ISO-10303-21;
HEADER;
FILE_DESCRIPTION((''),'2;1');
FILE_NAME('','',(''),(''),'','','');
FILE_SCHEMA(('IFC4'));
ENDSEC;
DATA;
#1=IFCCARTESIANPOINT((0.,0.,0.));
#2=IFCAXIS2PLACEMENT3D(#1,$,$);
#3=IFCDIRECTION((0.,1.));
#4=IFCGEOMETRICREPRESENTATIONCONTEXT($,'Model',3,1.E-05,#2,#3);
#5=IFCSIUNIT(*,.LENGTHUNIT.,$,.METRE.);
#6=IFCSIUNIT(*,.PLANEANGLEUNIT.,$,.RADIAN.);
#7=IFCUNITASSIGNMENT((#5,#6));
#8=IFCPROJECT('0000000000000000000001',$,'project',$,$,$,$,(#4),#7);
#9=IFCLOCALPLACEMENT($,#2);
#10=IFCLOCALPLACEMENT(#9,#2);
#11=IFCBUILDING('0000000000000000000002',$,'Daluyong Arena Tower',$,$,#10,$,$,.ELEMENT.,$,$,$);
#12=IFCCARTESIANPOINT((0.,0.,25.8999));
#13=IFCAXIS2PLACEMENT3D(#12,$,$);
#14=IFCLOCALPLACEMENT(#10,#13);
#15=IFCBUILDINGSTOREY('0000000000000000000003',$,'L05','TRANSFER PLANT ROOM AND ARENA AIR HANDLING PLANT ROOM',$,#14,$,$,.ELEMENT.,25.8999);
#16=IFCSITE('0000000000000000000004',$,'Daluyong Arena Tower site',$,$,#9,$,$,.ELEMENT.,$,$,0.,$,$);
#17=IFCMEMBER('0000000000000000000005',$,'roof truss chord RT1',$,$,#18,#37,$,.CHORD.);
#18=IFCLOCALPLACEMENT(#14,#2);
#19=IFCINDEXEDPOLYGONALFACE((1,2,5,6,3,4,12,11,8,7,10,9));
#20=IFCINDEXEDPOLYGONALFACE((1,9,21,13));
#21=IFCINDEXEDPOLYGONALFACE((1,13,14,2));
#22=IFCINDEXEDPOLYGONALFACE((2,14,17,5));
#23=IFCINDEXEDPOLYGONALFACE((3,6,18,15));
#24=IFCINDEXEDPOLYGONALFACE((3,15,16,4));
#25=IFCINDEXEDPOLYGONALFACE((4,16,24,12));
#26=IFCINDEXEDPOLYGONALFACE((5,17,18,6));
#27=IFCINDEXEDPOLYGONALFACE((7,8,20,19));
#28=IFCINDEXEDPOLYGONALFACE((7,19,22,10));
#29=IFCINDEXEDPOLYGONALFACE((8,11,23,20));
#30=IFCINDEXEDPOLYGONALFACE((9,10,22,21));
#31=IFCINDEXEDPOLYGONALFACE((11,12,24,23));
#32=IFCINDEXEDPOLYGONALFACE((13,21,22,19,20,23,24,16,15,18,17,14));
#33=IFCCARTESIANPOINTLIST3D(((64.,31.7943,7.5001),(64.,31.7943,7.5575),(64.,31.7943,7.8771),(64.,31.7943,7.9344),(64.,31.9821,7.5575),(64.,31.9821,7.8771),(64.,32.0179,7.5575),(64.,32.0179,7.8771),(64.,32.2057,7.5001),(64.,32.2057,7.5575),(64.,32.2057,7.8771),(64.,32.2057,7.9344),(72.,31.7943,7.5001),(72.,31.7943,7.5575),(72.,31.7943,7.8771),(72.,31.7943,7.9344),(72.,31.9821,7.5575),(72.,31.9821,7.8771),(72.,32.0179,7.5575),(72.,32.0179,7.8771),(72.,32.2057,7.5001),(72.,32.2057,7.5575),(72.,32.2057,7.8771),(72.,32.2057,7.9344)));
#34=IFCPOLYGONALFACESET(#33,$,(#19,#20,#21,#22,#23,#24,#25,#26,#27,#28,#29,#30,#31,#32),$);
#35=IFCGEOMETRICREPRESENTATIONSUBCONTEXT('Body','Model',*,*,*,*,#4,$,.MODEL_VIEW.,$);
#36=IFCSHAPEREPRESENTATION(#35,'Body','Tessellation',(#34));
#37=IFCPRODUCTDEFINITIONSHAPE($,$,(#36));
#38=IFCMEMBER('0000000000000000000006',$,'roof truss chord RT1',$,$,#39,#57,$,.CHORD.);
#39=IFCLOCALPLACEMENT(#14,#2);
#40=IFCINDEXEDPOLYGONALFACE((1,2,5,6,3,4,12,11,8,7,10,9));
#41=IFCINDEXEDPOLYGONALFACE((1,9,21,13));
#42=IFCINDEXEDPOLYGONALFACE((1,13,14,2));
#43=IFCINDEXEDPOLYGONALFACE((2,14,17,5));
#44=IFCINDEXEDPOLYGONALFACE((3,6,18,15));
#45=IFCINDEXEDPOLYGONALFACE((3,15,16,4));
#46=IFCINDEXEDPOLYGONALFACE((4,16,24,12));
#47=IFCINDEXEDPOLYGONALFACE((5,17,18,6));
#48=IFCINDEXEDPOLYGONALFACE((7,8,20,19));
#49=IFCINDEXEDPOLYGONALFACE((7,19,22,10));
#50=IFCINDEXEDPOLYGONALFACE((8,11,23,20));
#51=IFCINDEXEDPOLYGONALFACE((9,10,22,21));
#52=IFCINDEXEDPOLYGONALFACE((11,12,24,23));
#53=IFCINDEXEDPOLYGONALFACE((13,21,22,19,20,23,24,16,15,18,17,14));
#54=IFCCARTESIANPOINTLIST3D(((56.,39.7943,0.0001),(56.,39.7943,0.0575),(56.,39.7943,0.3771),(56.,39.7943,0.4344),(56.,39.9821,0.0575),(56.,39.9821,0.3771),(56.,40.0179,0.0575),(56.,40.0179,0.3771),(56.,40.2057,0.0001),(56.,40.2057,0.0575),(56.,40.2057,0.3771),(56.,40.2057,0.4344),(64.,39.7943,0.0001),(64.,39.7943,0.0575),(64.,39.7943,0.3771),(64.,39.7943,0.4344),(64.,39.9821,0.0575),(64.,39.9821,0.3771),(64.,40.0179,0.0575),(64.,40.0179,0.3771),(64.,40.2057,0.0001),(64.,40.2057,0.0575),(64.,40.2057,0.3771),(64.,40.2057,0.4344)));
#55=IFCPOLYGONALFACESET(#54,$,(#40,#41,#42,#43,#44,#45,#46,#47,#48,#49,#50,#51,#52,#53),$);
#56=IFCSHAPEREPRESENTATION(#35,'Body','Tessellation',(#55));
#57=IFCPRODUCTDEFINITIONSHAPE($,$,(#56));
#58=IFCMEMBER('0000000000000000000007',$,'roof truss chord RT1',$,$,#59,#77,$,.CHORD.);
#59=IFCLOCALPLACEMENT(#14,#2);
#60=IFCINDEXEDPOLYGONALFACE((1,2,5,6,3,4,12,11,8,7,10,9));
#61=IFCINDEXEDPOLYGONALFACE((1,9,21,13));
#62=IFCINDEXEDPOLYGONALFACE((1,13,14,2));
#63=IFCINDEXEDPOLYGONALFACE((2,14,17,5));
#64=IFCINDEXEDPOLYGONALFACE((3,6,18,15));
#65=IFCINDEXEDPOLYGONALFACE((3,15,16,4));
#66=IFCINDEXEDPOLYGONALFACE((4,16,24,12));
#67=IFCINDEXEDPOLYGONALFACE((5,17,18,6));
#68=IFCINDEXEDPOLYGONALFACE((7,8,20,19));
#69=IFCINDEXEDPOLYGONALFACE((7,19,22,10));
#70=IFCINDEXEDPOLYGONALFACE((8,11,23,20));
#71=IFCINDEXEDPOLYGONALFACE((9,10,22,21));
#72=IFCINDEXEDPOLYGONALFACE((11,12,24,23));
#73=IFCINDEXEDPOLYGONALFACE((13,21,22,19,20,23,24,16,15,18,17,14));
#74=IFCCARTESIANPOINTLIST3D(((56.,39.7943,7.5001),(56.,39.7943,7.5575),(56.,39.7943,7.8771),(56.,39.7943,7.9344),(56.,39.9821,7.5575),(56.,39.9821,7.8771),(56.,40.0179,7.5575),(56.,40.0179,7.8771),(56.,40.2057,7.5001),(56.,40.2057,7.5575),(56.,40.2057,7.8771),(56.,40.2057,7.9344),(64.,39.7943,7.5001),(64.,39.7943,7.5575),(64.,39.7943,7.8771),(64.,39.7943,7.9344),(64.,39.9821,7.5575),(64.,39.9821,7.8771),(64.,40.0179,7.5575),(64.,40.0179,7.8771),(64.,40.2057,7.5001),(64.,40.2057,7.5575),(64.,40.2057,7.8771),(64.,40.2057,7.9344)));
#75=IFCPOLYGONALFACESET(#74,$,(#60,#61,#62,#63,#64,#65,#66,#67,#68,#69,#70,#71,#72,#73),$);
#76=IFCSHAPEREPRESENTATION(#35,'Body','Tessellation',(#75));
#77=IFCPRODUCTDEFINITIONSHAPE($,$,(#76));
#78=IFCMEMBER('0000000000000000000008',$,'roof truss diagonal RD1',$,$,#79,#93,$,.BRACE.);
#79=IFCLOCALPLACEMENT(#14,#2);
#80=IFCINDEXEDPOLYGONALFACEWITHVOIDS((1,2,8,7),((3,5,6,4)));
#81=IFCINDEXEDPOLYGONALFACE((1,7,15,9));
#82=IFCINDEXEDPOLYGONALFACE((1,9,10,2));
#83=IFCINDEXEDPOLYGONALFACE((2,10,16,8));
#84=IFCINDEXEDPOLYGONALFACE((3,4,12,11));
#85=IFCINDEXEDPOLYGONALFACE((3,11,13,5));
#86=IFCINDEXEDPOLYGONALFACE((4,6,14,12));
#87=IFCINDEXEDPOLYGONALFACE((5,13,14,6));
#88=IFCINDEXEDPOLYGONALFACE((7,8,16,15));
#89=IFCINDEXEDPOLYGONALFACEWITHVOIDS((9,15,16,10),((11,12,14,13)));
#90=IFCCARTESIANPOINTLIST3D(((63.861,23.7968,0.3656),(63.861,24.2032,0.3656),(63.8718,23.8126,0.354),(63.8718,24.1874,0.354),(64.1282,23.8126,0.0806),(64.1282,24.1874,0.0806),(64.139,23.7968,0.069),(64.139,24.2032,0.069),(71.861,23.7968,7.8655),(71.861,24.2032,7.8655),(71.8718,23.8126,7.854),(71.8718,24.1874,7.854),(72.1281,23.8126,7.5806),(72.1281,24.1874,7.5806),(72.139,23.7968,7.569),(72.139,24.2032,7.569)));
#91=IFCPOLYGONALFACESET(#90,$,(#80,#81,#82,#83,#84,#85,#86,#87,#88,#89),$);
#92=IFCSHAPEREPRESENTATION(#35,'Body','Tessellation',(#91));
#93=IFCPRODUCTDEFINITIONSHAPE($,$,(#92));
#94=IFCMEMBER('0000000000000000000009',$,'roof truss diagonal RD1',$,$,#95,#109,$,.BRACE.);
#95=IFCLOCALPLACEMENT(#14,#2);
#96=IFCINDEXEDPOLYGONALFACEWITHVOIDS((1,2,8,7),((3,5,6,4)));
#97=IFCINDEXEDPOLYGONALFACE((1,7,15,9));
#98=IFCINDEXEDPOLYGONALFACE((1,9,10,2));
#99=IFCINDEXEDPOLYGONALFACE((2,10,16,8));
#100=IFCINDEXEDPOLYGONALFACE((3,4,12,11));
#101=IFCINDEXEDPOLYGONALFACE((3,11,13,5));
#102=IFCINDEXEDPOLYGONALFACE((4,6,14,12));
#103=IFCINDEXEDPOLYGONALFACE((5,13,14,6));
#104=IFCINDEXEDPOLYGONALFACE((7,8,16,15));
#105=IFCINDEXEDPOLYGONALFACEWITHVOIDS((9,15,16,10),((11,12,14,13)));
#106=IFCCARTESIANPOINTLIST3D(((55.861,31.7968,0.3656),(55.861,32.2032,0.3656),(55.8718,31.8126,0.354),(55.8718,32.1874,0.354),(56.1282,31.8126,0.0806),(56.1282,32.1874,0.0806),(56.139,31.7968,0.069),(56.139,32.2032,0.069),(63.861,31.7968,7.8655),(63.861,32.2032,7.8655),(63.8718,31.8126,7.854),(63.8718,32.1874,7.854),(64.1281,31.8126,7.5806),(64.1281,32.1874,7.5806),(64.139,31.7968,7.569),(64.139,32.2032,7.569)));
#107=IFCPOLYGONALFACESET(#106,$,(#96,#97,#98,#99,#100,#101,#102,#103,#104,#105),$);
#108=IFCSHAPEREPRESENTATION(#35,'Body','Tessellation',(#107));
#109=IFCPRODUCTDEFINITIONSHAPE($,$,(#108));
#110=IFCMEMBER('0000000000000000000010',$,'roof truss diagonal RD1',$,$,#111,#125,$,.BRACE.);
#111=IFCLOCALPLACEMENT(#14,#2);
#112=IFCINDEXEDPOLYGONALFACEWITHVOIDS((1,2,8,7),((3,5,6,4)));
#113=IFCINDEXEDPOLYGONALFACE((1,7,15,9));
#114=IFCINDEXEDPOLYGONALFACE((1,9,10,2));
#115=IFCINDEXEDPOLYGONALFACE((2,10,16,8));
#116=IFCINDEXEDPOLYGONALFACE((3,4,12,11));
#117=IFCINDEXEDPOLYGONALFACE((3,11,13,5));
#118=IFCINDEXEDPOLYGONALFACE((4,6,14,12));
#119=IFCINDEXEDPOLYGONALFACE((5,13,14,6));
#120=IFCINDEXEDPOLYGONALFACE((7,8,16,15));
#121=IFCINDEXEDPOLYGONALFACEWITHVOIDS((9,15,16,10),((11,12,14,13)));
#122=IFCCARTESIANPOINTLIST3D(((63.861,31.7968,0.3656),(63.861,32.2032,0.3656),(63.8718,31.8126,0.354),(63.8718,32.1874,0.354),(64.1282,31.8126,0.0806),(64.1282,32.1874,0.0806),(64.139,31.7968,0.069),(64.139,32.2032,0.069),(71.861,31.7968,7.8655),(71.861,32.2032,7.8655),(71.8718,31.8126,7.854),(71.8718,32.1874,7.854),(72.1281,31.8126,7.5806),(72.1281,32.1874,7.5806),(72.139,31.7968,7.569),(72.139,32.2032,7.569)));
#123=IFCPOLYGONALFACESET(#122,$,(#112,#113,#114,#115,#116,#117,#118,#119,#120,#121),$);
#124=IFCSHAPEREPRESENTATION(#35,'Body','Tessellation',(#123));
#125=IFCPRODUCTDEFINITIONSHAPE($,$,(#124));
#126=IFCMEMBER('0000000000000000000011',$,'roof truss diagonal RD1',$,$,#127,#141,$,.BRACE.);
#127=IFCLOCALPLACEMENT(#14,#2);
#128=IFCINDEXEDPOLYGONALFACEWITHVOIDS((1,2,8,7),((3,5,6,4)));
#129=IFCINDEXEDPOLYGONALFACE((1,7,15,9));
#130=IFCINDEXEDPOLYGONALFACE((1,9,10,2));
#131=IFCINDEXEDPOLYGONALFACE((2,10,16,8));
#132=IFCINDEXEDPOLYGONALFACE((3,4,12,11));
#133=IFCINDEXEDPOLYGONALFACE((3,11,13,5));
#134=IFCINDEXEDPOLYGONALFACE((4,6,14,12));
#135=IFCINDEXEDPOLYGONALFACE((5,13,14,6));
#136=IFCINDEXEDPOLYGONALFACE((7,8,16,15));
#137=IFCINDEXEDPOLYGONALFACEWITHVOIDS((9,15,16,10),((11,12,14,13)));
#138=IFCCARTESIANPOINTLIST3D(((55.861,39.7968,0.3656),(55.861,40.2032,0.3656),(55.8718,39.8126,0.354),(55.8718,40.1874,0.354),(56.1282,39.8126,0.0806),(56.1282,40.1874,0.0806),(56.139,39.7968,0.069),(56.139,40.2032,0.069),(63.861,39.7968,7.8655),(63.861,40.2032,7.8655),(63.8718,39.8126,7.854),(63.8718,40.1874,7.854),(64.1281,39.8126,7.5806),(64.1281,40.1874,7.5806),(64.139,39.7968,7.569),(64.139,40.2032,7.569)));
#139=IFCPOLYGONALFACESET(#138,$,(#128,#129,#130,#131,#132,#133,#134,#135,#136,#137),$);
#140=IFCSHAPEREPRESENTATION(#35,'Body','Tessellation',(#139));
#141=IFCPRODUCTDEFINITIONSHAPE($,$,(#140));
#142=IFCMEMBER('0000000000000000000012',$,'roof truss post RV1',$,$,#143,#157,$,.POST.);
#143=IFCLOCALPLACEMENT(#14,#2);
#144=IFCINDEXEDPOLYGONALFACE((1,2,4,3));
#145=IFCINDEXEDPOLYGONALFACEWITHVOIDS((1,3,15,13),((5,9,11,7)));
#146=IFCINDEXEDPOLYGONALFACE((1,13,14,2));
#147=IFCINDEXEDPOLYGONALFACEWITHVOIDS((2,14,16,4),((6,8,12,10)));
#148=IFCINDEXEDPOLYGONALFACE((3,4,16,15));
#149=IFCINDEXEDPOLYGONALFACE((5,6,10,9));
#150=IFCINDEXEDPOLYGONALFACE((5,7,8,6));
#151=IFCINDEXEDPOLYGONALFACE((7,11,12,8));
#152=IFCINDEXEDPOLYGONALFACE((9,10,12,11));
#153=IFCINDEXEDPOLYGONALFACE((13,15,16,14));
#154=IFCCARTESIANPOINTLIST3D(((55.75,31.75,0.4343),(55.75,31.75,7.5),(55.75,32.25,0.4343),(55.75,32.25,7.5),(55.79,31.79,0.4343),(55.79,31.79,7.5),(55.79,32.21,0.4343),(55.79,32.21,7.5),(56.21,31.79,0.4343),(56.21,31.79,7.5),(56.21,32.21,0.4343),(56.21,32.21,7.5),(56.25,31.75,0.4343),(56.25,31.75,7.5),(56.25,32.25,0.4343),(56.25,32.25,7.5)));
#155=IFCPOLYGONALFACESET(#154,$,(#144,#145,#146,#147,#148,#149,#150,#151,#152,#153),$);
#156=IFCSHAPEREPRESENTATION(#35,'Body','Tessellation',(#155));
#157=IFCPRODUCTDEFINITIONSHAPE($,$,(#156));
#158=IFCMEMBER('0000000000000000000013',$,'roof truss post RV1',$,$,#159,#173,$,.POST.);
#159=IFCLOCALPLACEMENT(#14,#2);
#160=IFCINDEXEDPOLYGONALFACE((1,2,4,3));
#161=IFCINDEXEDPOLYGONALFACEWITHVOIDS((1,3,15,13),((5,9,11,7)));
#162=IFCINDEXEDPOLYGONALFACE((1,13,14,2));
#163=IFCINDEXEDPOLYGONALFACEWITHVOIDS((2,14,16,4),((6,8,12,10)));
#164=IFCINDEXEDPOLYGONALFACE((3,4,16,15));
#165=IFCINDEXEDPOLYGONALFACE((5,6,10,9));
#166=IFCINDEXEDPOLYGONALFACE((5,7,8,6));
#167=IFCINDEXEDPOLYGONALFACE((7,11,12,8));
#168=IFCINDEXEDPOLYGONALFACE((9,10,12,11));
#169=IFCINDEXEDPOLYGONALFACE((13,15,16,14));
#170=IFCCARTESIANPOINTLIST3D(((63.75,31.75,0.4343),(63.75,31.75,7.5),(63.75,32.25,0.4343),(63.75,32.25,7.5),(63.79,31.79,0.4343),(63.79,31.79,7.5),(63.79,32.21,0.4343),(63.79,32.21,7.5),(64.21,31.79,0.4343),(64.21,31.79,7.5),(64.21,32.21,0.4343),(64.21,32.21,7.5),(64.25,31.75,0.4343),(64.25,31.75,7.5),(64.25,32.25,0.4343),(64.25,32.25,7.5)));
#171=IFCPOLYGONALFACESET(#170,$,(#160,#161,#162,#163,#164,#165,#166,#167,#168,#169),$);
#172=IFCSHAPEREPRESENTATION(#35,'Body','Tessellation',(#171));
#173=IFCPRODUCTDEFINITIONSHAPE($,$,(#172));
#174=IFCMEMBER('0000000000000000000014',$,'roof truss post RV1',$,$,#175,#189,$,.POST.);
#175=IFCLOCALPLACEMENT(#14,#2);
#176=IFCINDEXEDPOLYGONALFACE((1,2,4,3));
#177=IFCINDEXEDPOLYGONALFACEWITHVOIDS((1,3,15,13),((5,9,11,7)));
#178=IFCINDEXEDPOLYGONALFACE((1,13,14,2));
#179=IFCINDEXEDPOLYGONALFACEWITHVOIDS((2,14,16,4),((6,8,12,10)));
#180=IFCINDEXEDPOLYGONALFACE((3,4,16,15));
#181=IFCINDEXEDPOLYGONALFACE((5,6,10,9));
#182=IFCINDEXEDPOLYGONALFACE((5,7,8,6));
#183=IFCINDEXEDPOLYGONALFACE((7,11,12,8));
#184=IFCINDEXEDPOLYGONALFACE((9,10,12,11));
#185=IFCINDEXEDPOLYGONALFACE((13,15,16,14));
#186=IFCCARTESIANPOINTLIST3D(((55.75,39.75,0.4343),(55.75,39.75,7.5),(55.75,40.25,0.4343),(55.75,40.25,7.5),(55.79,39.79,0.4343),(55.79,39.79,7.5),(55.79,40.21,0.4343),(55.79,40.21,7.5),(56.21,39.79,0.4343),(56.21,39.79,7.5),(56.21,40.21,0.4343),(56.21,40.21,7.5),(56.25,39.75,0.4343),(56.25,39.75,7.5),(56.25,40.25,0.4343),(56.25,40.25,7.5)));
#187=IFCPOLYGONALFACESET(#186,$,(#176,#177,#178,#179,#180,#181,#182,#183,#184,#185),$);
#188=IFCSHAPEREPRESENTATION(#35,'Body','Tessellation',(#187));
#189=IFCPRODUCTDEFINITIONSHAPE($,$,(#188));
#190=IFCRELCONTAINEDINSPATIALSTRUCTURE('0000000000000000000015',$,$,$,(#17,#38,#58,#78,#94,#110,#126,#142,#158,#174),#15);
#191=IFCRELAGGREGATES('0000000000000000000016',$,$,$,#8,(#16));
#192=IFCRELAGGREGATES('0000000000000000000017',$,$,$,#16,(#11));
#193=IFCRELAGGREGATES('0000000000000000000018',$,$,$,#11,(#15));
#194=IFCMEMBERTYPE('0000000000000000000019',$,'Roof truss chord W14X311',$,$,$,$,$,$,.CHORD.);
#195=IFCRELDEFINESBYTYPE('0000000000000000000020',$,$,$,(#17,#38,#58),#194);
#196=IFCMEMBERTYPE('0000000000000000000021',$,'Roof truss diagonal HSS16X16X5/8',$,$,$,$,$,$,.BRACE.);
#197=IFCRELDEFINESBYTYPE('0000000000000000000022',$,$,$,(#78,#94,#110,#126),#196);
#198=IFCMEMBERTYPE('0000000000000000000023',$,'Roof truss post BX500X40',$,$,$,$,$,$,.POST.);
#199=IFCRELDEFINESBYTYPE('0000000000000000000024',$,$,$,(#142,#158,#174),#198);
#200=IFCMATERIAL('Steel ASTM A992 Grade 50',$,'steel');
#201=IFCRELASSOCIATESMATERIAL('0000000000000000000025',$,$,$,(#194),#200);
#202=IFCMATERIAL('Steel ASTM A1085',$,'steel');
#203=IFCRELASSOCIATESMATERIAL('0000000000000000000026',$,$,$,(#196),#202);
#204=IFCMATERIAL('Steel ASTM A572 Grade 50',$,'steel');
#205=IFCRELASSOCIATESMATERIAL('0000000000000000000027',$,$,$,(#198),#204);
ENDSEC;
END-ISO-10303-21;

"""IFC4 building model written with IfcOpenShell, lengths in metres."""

from ifc_helpers import new_model, si_unit, direction, frame, origin, origin_2d, place, context, subcontext, project, spatial, hollow_rectangle, i_section, extrude, material, material_profile, profile_set, type_object, element, save


model = new_model("IFC4")

# Units and contexts
model_context = context("Model", 3, precision=1e-05, world=origin(), true_north=direction((0.0, 1.0)))
body_context = subcontext(model_context, "Body", "Model", "MODEL_VIEW")
ifc_project = project(units=[si_unit("LENGTHUNIT", "METRE"), si_unit("PLANEANGLEUNIT", "RADIAN")], contexts=[model_context])

# Site, building, storey
site_placement = place(None, origin())
site = spatial("IfcSite", under=ifc_project, at=site_placement, Name="Daluyong Arena Tower site", CompositionType="ELEMENT", RefElevation=0.0)
building_placement = place(site_placement, origin())
building = spatial("IfcBuilding", under=site, at=building_placement, Name="Daluyong Arena Tower", CompositionType="ELEMENT")
storey_placement = place(building_placement, frame((0.0, 0.0, 25.8999)))
storey = spatial("IfcBuildingStorey", under=building, at=storey_placement, Name="L05", Description="TRANSFER PLANT ROOM AND ARENA AIR HANDLING PLANT ROOM", CompositionType="ELEMENT", Elevation=25.8999)

# Members
ifc_material_1 = material(Name="Steel ASTM A992 Grade 50", Category="steel")
ifc_material_profile_1 = material_profile(ifc_material_1, i_section(OverallWidth=0.4114, OverallDepth=0.4343, WebThickness=0.0359, FlangeThickness=0.0574, at=origin_2d()))
ifc_profile_set_1 = profile_set([ifc_material_profile_1], Name="Steel ASTM A992 Grade 50")
member_type_1 = type_object("IfcMemberType", Name="Roof truss chord W14X311", PredefinedType="CHORD", material=ifc_profile_set_1)
for number, where, z_axis, x_axis, name in (
    (1, (64.0, 32.0, 7.7173), (1.0, 0.0, 0.0), (0.0, 1.0, 0.0), "roof truss chord RT1"),
    (2, (56.0, 40.0, 0.2173), (1.0, 0.0, 0.0), (0.0, 1.0, 0.0), "roof truss chord RT1"),
    (3, (56.0, 40.0, 7.7173), (1.0, 0.0, 0.0), (0.0, 1.0, 0.0), "roof truss chord RT1"),
):
    element("IfcMember", number, at=place(storey_placement, frame(where, z_axis=z_axis, x_axis=x_axis)), inside=storey, type_object=member_type_1, Name=name, PredefinedType="CHORD", context=body_context, shape_type="SweptSolid", body=[
        extrude(i_section(OverallWidth=0.4114, OverallDepth=0.4343, WebThickness=0.0359, FlangeThickness=0.0574, at=origin_2d()), origin(), (0.0, 0.0, 1.0), 8.0),
    ])
ifc_material_2 = material(Name="Steel ASTM A1085", Category="steel")
ifc_material_profile_2 = material_profile(ifc_material_2, hollow_rectangle(XDim=0.4065, YDim=0.4065, WallThickness=0.0159, at=origin_2d()))
ifc_profile_set_2 = profile_set([ifc_material_profile_2], Name="Steel ASTM A1085")
member_type_2 = type_object("IfcMemberType", Name="Roof truss diagonal HSS16X16X5/8", PredefinedType="BRACE", material=ifc_profile_set_2)
for number, where, z_axis, x_axis, name in (
    (4, (64.0, 24.0, 0.2173), (0.729537, 0.0, 0.683941), (0.0, 1.0, 0.0), "roof truss diagonal RD1"),
    (5, (56.0, 32.0, 0.2173), (0.729537, 0.0, 0.683941), (0.0, 1.0, 0.0), "roof truss diagonal RD1"),
    (6, (64.0, 32.0, 0.2173), (0.729537, 0.0, 0.683941), (0.0, 1.0, 0.0), "roof truss diagonal RD1"),
    (7, (56.0, 40.0, 0.2173), (0.729537, 0.0, 0.683941), (0.0, 1.0, 0.0), "roof truss diagonal RD1"),
):
    element("IfcMember", number, at=place(storey_placement, frame(where, z_axis=z_axis, x_axis=x_axis)), inside=storey, type_object=member_type_2, Name=name, PredefinedType="BRACE", context=body_context, shape_type="SweptSolid", body=[
        extrude(hollow_rectangle(XDim=0.4065, YDim=0.4065, WallThickness=0.0159, at=origin_2d()), origin(), (0.0, 0.0, 1.0), 10.9658),
    ])
ifc_material_3 = material(Name="Steel ASTM A572 Grade 50", Category="steel")
ifc_material_profile_3 = material_profile(ifc_material_3, hollow_rectangle(XDim=0.5, YDim=0.5, WallThickness=0.04, at=origin_2d()))
ifc_profile_set_3 = profile_set([ifc_material_profile_3], Name="Steel ASTM A572 Grade 50")
member_type_3 = type_object("IfcMemberType", Name="Roof truss post BX500X40", PredefinedType="POST", material=ifc_profile_set_3)
for number, where, z_axis, x_axis, name in (
    (8, (56.0, 32.0, 0.4343), (0.0, 0.0, 1.0), (1.0, 0.0, 0.0), "roof truss post RV1"),
    (9, (64.0, 32.0, 0.4343), (0.0, 0.0, 1.0), (1.0, 0.0, 0.0), "roof truss post RV1"),
    (10, (56.0, 40.0, 0.4343), (0.0, 0.0, 1.0), (1.0, 0.0, 0.0), "roof truss post RV1"),
):
    element("IfcMember", number, at=place(storey_placement, frame(where, z_axis=z_axis, x_axis=x_axis)), inside=storey, type_object=member_type_3, Name=name, PredefinedType="POST", context=body_context, shape_type="SweptSolid", body=[
        extrude(hollow_rectangle(XDim=0.5, YDim=0.5, WallThickness=0.04, at=origin_2d()), origin(), (0.0, 0.0, 1.0), 7.0657),
    ])

save(model, "model.ifc")
